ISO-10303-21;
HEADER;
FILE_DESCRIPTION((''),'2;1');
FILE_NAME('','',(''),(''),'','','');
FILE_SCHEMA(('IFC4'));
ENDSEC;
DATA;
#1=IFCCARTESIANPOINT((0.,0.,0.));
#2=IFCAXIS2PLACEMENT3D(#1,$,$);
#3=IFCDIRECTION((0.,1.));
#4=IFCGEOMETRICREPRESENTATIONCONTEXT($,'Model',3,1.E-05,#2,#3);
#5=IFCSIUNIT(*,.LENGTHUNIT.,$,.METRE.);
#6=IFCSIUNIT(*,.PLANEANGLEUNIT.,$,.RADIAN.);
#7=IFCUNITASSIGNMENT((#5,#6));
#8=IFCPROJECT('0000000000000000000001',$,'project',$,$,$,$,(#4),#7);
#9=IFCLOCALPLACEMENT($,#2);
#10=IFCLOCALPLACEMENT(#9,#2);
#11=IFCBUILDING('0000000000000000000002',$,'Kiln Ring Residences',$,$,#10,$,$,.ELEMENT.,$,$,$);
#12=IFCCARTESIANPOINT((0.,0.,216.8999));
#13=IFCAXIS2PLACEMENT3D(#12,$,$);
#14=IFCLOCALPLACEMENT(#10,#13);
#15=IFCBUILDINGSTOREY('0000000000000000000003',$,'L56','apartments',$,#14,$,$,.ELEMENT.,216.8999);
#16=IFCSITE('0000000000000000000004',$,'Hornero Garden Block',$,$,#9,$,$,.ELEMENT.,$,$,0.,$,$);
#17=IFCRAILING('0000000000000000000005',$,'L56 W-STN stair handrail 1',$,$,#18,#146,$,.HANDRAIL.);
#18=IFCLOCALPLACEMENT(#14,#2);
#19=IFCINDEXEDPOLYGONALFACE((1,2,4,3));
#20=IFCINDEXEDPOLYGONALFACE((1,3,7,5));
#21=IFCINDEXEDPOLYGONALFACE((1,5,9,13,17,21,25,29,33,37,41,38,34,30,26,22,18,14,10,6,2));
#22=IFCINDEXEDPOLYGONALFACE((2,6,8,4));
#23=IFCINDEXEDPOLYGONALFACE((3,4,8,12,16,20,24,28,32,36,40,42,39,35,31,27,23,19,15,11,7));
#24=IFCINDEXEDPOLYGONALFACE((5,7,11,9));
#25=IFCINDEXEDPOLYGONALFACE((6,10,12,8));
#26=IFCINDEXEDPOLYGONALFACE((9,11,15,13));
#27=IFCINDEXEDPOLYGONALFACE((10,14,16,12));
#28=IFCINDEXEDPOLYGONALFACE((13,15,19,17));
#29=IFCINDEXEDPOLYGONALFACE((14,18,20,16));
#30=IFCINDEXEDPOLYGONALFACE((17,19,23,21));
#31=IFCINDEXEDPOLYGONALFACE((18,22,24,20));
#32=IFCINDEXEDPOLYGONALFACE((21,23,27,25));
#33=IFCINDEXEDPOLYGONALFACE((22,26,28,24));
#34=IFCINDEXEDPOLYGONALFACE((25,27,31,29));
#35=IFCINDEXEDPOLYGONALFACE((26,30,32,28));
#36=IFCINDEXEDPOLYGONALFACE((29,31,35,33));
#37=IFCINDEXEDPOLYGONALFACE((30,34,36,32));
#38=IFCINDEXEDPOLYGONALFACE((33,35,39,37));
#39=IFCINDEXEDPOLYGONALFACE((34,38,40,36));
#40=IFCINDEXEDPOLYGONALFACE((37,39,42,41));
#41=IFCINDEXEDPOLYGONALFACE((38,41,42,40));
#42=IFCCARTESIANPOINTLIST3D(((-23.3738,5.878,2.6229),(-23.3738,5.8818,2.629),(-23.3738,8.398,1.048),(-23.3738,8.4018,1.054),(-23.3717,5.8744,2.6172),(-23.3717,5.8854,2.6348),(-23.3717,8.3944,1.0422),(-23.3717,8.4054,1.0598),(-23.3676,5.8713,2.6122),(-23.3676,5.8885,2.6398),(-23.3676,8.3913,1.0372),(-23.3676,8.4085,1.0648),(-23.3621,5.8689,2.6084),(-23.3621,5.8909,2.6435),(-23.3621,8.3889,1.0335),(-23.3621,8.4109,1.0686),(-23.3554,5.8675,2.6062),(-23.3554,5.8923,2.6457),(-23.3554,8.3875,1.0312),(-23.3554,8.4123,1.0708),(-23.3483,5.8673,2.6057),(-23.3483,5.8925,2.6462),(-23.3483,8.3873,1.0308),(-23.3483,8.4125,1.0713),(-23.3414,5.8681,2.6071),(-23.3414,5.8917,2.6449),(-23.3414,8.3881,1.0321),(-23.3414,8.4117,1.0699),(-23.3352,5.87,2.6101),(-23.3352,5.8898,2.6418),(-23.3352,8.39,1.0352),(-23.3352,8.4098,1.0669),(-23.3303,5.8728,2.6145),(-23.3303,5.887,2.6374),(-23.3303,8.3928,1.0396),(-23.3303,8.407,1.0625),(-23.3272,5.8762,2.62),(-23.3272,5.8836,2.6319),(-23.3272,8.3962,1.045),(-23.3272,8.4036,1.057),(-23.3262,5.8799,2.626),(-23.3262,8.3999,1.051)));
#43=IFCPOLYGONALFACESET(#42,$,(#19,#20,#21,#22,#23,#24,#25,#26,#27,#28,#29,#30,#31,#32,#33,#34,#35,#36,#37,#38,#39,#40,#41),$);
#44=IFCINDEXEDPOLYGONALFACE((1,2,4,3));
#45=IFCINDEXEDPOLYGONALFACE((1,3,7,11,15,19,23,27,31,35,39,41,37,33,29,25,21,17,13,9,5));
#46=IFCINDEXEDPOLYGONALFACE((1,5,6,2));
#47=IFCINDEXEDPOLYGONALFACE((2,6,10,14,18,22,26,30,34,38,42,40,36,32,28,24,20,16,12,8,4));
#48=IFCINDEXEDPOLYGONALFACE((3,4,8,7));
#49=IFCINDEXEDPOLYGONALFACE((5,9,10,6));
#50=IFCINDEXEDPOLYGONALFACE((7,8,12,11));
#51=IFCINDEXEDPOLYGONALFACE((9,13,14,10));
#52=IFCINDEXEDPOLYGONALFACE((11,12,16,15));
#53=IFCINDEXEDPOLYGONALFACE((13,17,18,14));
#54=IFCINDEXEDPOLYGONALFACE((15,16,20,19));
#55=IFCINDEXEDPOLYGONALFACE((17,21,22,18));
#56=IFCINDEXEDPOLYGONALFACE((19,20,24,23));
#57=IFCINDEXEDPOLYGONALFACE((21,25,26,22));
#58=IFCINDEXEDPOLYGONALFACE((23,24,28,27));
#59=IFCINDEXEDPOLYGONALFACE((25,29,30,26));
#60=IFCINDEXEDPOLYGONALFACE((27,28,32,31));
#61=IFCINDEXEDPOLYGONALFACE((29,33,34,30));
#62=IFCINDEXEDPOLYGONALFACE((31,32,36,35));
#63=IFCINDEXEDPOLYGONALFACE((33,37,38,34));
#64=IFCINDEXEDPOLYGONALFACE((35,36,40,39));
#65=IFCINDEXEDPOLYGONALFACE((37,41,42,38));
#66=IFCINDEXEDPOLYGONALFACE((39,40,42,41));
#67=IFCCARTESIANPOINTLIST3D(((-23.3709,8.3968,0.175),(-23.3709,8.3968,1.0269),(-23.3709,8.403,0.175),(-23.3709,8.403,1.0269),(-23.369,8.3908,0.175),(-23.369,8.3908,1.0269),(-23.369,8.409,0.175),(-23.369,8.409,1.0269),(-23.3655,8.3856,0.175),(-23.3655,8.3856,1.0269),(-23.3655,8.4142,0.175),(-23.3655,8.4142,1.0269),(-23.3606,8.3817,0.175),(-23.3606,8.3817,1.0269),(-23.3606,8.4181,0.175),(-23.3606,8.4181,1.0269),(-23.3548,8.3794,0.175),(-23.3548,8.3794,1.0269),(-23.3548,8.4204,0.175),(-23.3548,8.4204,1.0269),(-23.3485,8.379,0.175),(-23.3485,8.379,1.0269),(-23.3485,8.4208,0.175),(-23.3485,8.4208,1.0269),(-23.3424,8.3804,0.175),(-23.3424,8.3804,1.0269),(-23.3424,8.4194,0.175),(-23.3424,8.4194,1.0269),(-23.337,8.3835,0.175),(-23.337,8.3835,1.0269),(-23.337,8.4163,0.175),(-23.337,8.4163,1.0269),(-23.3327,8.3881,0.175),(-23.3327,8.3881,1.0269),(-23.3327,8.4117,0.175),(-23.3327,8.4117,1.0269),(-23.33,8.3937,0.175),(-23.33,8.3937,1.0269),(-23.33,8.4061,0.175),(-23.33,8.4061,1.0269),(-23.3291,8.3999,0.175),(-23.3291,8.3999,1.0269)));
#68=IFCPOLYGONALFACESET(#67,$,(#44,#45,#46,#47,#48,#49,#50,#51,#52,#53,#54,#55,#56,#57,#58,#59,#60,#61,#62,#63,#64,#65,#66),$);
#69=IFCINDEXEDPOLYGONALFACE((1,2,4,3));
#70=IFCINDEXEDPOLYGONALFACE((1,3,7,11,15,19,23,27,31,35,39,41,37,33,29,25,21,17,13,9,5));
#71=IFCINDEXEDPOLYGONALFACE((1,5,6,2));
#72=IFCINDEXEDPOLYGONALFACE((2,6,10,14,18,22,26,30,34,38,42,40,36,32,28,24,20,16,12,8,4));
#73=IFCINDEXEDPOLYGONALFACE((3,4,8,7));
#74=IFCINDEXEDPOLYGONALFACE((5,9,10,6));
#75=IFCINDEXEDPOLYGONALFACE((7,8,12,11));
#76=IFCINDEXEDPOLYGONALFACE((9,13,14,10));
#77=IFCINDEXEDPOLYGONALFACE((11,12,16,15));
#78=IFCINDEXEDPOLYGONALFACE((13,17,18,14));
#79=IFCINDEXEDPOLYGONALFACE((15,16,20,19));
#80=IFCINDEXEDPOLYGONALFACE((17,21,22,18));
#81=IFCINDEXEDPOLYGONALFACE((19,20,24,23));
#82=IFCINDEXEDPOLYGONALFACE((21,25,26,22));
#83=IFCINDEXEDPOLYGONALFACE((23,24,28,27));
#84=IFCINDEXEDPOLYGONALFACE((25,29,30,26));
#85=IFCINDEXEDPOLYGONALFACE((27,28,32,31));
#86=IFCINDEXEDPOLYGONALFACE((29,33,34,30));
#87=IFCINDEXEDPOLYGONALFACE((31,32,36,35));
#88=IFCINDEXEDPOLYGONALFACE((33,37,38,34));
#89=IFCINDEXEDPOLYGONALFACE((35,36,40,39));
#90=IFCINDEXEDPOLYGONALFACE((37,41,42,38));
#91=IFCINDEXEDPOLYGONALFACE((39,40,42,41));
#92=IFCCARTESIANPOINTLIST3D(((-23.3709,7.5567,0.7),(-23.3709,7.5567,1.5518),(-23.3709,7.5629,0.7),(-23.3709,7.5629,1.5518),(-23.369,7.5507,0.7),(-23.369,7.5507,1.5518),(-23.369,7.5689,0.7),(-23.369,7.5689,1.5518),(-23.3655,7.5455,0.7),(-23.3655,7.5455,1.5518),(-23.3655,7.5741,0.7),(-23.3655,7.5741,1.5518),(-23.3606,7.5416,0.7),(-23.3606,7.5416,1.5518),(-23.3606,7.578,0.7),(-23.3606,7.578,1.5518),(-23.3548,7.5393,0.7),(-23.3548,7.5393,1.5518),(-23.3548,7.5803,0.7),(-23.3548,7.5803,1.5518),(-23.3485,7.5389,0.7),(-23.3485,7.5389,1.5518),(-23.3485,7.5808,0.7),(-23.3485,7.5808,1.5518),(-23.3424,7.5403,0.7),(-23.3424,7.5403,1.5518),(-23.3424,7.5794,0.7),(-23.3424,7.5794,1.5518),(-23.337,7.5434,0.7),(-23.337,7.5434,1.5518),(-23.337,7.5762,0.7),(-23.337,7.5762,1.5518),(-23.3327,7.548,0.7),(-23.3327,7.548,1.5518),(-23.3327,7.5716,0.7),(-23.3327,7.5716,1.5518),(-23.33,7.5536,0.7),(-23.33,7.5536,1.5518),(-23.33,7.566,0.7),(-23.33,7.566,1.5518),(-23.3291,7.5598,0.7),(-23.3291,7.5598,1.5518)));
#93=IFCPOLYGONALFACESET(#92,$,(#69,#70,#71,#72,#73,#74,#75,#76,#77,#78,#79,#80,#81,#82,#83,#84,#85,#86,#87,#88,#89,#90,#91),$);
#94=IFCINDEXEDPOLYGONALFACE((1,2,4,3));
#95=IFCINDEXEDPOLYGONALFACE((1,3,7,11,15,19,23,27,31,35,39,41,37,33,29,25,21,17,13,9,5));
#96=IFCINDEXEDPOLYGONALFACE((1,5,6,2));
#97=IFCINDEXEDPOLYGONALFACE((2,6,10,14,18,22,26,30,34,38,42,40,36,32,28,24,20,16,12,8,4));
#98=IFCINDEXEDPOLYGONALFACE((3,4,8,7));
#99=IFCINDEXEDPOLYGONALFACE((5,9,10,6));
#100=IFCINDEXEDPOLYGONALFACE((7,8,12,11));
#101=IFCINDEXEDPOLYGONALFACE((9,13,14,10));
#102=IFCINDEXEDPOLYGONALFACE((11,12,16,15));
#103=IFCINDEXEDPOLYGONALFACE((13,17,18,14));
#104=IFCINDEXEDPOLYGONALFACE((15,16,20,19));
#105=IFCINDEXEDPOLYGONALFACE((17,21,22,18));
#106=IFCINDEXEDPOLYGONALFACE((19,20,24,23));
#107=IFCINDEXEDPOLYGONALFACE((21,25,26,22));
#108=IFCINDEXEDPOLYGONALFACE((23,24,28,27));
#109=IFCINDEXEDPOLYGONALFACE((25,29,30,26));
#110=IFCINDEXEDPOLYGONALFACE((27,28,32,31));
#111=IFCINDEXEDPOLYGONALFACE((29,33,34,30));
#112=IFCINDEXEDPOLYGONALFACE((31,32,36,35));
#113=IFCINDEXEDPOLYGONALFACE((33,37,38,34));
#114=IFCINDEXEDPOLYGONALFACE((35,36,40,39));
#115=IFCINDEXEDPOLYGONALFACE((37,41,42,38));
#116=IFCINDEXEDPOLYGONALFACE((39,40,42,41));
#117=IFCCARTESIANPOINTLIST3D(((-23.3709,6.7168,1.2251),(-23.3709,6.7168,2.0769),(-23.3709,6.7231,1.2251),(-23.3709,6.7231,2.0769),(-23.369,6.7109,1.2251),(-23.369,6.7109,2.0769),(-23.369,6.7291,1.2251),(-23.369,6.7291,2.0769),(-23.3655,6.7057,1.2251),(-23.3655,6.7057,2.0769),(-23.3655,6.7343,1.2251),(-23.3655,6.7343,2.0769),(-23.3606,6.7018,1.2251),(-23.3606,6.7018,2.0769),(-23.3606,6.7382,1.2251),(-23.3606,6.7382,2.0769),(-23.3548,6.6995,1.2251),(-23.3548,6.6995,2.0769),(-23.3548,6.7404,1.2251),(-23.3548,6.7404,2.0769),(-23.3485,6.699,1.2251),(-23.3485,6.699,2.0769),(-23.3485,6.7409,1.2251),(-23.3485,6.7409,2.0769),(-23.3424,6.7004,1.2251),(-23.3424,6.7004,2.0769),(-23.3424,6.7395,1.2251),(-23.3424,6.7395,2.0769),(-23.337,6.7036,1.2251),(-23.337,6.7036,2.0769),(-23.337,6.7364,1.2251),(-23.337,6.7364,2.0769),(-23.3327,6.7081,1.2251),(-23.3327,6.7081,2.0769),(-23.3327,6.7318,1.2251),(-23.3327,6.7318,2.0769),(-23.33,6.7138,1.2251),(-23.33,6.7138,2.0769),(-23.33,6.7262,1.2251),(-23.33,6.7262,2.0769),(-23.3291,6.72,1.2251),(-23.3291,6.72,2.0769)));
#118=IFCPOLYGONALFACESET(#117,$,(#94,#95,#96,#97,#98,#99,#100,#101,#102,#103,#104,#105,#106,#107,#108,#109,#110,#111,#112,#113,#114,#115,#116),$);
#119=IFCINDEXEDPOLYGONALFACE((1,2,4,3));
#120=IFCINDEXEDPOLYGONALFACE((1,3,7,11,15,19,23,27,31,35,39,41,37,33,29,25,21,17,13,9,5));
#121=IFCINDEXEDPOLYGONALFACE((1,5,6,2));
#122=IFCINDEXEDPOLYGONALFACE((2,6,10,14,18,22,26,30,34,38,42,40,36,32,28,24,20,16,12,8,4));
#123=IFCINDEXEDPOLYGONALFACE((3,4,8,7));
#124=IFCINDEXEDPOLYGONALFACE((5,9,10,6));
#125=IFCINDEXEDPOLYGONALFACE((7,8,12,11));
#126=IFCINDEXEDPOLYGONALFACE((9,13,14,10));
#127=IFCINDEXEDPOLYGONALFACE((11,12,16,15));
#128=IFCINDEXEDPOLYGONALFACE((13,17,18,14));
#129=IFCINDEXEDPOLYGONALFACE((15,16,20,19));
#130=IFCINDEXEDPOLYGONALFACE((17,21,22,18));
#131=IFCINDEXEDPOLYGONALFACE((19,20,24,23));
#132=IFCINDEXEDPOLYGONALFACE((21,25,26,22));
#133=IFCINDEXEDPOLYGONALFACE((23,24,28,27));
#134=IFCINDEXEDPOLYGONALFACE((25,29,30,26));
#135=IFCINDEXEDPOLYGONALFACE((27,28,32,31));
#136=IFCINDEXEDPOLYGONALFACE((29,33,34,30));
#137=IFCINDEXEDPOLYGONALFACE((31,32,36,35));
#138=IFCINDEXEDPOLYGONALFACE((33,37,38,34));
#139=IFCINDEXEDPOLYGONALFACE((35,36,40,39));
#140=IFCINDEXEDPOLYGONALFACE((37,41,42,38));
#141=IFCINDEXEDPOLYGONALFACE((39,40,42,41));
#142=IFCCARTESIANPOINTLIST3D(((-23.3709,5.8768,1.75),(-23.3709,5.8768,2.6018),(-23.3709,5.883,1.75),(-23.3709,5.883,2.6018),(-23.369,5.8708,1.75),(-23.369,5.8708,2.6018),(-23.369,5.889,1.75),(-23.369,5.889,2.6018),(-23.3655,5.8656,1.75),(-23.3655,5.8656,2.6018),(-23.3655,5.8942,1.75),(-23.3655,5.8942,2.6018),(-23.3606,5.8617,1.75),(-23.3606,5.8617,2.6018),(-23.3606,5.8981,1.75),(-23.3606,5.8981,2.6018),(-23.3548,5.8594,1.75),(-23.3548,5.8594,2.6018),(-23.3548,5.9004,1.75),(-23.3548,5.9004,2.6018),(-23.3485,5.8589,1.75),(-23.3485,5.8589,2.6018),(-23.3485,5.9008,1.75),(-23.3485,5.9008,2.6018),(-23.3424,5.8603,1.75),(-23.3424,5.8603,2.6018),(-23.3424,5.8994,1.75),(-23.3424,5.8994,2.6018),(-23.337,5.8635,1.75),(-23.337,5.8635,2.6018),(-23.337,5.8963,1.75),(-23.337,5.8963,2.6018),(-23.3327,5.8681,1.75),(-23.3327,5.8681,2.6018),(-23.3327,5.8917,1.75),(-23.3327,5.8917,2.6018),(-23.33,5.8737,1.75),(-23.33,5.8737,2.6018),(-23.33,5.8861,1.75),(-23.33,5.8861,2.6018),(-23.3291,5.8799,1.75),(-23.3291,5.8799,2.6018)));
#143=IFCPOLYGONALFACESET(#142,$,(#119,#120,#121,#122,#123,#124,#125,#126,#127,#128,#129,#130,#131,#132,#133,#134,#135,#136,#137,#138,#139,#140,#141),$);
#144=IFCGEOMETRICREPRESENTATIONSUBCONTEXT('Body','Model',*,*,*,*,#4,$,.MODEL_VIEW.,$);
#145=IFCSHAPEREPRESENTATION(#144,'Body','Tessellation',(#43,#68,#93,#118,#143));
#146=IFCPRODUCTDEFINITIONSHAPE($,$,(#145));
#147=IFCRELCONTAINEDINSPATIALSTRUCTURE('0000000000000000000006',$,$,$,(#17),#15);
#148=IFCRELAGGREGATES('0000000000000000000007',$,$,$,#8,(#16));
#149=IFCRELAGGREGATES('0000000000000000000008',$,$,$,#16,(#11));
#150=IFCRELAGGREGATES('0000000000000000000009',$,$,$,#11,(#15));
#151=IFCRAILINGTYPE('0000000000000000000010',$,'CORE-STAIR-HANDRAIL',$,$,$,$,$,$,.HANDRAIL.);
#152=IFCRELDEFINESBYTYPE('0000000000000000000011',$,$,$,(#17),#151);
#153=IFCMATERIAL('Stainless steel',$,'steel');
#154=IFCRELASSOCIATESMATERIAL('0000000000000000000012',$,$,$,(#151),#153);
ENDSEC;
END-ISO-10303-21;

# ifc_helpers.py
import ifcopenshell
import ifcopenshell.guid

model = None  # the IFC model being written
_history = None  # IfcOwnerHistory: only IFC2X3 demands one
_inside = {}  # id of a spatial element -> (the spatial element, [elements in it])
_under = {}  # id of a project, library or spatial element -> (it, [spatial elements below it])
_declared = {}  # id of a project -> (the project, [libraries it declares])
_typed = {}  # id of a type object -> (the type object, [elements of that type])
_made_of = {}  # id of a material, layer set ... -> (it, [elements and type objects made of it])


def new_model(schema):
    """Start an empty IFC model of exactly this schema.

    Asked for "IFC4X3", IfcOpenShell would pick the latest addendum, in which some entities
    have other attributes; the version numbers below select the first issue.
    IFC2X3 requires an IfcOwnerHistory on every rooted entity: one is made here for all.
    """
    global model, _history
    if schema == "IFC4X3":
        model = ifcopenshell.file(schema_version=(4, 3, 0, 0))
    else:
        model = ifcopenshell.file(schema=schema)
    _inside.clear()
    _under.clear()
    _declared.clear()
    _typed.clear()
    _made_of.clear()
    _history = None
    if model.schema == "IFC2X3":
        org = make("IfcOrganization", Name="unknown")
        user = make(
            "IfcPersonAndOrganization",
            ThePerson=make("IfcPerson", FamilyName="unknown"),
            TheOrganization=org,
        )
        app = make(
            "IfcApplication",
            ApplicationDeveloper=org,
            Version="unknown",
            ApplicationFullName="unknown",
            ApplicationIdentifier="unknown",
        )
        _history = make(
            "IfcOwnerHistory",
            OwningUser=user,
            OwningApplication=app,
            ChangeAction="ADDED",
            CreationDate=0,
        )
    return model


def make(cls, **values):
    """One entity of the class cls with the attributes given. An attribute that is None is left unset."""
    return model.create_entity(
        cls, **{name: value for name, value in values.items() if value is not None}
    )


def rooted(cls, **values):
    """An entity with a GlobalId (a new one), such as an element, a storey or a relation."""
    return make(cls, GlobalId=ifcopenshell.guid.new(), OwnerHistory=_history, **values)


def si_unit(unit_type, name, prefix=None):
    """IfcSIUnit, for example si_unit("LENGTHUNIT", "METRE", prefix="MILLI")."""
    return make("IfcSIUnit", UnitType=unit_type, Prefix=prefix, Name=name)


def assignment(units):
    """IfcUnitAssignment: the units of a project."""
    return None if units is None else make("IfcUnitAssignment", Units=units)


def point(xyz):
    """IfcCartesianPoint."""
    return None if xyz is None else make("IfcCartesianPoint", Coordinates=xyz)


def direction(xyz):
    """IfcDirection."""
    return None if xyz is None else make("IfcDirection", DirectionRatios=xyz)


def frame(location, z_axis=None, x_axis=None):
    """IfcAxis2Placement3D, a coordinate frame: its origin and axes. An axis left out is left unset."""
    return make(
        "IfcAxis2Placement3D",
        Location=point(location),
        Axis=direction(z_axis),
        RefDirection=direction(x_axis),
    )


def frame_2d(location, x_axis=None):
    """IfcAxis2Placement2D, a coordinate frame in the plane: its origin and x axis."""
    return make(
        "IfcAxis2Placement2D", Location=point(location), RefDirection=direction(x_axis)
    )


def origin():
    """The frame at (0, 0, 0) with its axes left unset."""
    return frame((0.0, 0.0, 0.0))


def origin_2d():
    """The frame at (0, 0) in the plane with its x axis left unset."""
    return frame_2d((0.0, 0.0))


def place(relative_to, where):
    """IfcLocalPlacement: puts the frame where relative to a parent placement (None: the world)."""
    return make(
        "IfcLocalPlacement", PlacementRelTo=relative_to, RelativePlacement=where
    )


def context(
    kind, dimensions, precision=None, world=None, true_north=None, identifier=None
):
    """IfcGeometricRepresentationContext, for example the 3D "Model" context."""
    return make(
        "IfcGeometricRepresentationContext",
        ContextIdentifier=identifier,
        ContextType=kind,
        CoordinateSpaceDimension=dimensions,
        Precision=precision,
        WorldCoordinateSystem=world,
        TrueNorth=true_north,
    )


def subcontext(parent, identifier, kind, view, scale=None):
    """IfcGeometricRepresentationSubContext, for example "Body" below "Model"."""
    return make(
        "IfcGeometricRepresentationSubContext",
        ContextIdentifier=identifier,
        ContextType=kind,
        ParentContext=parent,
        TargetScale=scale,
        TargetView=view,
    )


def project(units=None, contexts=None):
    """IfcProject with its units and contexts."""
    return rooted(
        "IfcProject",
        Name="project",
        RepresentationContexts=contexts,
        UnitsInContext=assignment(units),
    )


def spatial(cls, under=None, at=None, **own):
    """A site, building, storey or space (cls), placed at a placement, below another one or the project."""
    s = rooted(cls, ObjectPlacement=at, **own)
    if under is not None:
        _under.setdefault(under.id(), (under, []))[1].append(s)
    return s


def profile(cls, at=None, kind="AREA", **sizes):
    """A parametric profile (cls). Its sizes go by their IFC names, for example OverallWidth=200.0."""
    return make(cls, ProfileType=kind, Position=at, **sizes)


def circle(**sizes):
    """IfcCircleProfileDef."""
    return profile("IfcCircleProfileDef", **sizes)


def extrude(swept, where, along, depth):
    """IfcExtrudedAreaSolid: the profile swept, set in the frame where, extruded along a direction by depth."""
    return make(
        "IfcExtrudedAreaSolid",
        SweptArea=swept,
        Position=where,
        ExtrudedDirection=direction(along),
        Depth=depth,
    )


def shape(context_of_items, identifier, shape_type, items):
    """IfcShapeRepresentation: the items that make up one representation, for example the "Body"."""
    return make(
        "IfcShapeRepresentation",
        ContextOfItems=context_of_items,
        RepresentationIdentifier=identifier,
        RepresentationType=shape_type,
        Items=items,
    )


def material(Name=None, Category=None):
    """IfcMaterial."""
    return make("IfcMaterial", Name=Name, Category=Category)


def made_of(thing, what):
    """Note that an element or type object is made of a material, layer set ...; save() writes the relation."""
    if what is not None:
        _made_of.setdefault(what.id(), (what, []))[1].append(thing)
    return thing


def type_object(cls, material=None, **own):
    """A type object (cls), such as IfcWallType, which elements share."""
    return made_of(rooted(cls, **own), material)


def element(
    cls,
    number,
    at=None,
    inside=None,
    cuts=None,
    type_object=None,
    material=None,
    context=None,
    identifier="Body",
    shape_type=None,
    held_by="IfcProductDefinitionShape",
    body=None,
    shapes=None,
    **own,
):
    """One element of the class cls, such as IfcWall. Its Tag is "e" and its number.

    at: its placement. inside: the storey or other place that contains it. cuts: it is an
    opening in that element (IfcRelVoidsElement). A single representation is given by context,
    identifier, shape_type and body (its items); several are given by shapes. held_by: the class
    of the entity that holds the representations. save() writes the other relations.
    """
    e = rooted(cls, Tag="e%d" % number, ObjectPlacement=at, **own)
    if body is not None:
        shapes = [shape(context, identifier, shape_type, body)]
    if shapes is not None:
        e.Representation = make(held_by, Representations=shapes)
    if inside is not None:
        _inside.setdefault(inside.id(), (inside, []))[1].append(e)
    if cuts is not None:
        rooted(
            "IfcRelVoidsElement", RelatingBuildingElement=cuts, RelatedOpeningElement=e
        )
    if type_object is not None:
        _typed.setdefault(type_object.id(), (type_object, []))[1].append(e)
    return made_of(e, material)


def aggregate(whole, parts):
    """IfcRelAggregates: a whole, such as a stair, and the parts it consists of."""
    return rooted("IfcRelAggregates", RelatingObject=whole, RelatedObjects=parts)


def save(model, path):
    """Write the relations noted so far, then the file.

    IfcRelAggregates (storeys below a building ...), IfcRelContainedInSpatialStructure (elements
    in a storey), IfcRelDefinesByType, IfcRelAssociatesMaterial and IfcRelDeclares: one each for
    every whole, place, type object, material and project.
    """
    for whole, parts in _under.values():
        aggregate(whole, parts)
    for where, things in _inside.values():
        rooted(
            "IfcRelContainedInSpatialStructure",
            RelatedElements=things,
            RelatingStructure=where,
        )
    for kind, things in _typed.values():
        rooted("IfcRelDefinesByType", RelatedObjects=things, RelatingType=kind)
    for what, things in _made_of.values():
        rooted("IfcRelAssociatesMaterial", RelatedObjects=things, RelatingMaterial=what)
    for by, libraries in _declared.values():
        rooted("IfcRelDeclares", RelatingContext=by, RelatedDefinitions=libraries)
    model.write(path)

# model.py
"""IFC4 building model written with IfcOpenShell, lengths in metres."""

from ifc_helpers import new_model, si_unit, direction, frame, origin, origin_2d, place, context, subcontext, project, spatial, circle, extrude, material, type_object, element, save


model = new_model("IFC4")

# Units and contexts
model_context = context("Model", 3, precision=1e-05, world=origin(), true_north=direction((0.0, 1.0)))
body_context = subcontext(model_context, "Body", "Model", "MODEL_VIEW")
ifc_project = project(units=[si_unit("LENGTHUNIT", "METRE"), si_unit("PLANEANGLEUNIT", "RADIAN")], contexts=[model_context])

# Site, building, storey
site_placement = place(None, origin())
site = spatial("IfcSite", under=ifc_project, at=site_placement, Name="Hornero Garden Block", CompositionType="ELEMENT", RefElevation=0.0)
building_placement = place(site_placement, origin())
building = spatial("IfcBuilding", under=site, at=building_placement, Name="Kiln Ring Residences", CompositionType="ELEMENT")
storey_placement = place(building_placement, frame((0.0, 0.0, 216.8999)))
storey = spatial("IfcBuildingStorey", under=building, at=storey_placement, Name="L56", Description="apartments", CompositionType="ELEMENT", Elevation=216.8999)

# Railing
ifc_material_1 = material(Name="Stainless steel", Category="steel")
railing_type_1 = type_object("IfcRailingType", Name="CORE-STAIR-HANDRAIL", PredefinedType="HANDRAIL", material=ifc_material_1)
railing_1_placement = place(storey_placement, frame((-23.3501, 8.3999, 0.175)))
element("IfcRailing", 1, at=railing_1_placement, inside=storey, type_object=railing_type_1, Name="L56 W-STN stair handrail 1", PredefinedType="HANDRAIL", context=body_context, shape_type="SweptSolid", body=[
    extrude(circle(Radius=0.0239, at=origin_2d()), frame((0.0, 0.0, 0.876), z_axis=(0.0, -0.848008, 0.529984), x_axis=(1.0, 0.0, 0.0)), (0.0, 0.0, 1.0), 2.9717),
    extrude(circle(Radius=0.021, at=origin_2d()), origin(), (0.0, 0.0, 1.0), 0.8518),
    extrude(circle(Radius=0.021, at=origin_2d()), frame((0.0, -0.8401, 0.5249)), (0.0, 0.0, 1.0), 0.8518),
    extrude(circle(Radius=0.021, at=origin_2d()), frame((0.0, -1.6799, 1.05)), (0.0, 0.0, 1.0), 0.8518),
    extrude(circle(Radius=0.021, at=origin_2d()), frame((0.0, -2.52, 1.575)), (0.0, 0.0, 1.0), 0.8518),
])

save(model, "model.ifc")
